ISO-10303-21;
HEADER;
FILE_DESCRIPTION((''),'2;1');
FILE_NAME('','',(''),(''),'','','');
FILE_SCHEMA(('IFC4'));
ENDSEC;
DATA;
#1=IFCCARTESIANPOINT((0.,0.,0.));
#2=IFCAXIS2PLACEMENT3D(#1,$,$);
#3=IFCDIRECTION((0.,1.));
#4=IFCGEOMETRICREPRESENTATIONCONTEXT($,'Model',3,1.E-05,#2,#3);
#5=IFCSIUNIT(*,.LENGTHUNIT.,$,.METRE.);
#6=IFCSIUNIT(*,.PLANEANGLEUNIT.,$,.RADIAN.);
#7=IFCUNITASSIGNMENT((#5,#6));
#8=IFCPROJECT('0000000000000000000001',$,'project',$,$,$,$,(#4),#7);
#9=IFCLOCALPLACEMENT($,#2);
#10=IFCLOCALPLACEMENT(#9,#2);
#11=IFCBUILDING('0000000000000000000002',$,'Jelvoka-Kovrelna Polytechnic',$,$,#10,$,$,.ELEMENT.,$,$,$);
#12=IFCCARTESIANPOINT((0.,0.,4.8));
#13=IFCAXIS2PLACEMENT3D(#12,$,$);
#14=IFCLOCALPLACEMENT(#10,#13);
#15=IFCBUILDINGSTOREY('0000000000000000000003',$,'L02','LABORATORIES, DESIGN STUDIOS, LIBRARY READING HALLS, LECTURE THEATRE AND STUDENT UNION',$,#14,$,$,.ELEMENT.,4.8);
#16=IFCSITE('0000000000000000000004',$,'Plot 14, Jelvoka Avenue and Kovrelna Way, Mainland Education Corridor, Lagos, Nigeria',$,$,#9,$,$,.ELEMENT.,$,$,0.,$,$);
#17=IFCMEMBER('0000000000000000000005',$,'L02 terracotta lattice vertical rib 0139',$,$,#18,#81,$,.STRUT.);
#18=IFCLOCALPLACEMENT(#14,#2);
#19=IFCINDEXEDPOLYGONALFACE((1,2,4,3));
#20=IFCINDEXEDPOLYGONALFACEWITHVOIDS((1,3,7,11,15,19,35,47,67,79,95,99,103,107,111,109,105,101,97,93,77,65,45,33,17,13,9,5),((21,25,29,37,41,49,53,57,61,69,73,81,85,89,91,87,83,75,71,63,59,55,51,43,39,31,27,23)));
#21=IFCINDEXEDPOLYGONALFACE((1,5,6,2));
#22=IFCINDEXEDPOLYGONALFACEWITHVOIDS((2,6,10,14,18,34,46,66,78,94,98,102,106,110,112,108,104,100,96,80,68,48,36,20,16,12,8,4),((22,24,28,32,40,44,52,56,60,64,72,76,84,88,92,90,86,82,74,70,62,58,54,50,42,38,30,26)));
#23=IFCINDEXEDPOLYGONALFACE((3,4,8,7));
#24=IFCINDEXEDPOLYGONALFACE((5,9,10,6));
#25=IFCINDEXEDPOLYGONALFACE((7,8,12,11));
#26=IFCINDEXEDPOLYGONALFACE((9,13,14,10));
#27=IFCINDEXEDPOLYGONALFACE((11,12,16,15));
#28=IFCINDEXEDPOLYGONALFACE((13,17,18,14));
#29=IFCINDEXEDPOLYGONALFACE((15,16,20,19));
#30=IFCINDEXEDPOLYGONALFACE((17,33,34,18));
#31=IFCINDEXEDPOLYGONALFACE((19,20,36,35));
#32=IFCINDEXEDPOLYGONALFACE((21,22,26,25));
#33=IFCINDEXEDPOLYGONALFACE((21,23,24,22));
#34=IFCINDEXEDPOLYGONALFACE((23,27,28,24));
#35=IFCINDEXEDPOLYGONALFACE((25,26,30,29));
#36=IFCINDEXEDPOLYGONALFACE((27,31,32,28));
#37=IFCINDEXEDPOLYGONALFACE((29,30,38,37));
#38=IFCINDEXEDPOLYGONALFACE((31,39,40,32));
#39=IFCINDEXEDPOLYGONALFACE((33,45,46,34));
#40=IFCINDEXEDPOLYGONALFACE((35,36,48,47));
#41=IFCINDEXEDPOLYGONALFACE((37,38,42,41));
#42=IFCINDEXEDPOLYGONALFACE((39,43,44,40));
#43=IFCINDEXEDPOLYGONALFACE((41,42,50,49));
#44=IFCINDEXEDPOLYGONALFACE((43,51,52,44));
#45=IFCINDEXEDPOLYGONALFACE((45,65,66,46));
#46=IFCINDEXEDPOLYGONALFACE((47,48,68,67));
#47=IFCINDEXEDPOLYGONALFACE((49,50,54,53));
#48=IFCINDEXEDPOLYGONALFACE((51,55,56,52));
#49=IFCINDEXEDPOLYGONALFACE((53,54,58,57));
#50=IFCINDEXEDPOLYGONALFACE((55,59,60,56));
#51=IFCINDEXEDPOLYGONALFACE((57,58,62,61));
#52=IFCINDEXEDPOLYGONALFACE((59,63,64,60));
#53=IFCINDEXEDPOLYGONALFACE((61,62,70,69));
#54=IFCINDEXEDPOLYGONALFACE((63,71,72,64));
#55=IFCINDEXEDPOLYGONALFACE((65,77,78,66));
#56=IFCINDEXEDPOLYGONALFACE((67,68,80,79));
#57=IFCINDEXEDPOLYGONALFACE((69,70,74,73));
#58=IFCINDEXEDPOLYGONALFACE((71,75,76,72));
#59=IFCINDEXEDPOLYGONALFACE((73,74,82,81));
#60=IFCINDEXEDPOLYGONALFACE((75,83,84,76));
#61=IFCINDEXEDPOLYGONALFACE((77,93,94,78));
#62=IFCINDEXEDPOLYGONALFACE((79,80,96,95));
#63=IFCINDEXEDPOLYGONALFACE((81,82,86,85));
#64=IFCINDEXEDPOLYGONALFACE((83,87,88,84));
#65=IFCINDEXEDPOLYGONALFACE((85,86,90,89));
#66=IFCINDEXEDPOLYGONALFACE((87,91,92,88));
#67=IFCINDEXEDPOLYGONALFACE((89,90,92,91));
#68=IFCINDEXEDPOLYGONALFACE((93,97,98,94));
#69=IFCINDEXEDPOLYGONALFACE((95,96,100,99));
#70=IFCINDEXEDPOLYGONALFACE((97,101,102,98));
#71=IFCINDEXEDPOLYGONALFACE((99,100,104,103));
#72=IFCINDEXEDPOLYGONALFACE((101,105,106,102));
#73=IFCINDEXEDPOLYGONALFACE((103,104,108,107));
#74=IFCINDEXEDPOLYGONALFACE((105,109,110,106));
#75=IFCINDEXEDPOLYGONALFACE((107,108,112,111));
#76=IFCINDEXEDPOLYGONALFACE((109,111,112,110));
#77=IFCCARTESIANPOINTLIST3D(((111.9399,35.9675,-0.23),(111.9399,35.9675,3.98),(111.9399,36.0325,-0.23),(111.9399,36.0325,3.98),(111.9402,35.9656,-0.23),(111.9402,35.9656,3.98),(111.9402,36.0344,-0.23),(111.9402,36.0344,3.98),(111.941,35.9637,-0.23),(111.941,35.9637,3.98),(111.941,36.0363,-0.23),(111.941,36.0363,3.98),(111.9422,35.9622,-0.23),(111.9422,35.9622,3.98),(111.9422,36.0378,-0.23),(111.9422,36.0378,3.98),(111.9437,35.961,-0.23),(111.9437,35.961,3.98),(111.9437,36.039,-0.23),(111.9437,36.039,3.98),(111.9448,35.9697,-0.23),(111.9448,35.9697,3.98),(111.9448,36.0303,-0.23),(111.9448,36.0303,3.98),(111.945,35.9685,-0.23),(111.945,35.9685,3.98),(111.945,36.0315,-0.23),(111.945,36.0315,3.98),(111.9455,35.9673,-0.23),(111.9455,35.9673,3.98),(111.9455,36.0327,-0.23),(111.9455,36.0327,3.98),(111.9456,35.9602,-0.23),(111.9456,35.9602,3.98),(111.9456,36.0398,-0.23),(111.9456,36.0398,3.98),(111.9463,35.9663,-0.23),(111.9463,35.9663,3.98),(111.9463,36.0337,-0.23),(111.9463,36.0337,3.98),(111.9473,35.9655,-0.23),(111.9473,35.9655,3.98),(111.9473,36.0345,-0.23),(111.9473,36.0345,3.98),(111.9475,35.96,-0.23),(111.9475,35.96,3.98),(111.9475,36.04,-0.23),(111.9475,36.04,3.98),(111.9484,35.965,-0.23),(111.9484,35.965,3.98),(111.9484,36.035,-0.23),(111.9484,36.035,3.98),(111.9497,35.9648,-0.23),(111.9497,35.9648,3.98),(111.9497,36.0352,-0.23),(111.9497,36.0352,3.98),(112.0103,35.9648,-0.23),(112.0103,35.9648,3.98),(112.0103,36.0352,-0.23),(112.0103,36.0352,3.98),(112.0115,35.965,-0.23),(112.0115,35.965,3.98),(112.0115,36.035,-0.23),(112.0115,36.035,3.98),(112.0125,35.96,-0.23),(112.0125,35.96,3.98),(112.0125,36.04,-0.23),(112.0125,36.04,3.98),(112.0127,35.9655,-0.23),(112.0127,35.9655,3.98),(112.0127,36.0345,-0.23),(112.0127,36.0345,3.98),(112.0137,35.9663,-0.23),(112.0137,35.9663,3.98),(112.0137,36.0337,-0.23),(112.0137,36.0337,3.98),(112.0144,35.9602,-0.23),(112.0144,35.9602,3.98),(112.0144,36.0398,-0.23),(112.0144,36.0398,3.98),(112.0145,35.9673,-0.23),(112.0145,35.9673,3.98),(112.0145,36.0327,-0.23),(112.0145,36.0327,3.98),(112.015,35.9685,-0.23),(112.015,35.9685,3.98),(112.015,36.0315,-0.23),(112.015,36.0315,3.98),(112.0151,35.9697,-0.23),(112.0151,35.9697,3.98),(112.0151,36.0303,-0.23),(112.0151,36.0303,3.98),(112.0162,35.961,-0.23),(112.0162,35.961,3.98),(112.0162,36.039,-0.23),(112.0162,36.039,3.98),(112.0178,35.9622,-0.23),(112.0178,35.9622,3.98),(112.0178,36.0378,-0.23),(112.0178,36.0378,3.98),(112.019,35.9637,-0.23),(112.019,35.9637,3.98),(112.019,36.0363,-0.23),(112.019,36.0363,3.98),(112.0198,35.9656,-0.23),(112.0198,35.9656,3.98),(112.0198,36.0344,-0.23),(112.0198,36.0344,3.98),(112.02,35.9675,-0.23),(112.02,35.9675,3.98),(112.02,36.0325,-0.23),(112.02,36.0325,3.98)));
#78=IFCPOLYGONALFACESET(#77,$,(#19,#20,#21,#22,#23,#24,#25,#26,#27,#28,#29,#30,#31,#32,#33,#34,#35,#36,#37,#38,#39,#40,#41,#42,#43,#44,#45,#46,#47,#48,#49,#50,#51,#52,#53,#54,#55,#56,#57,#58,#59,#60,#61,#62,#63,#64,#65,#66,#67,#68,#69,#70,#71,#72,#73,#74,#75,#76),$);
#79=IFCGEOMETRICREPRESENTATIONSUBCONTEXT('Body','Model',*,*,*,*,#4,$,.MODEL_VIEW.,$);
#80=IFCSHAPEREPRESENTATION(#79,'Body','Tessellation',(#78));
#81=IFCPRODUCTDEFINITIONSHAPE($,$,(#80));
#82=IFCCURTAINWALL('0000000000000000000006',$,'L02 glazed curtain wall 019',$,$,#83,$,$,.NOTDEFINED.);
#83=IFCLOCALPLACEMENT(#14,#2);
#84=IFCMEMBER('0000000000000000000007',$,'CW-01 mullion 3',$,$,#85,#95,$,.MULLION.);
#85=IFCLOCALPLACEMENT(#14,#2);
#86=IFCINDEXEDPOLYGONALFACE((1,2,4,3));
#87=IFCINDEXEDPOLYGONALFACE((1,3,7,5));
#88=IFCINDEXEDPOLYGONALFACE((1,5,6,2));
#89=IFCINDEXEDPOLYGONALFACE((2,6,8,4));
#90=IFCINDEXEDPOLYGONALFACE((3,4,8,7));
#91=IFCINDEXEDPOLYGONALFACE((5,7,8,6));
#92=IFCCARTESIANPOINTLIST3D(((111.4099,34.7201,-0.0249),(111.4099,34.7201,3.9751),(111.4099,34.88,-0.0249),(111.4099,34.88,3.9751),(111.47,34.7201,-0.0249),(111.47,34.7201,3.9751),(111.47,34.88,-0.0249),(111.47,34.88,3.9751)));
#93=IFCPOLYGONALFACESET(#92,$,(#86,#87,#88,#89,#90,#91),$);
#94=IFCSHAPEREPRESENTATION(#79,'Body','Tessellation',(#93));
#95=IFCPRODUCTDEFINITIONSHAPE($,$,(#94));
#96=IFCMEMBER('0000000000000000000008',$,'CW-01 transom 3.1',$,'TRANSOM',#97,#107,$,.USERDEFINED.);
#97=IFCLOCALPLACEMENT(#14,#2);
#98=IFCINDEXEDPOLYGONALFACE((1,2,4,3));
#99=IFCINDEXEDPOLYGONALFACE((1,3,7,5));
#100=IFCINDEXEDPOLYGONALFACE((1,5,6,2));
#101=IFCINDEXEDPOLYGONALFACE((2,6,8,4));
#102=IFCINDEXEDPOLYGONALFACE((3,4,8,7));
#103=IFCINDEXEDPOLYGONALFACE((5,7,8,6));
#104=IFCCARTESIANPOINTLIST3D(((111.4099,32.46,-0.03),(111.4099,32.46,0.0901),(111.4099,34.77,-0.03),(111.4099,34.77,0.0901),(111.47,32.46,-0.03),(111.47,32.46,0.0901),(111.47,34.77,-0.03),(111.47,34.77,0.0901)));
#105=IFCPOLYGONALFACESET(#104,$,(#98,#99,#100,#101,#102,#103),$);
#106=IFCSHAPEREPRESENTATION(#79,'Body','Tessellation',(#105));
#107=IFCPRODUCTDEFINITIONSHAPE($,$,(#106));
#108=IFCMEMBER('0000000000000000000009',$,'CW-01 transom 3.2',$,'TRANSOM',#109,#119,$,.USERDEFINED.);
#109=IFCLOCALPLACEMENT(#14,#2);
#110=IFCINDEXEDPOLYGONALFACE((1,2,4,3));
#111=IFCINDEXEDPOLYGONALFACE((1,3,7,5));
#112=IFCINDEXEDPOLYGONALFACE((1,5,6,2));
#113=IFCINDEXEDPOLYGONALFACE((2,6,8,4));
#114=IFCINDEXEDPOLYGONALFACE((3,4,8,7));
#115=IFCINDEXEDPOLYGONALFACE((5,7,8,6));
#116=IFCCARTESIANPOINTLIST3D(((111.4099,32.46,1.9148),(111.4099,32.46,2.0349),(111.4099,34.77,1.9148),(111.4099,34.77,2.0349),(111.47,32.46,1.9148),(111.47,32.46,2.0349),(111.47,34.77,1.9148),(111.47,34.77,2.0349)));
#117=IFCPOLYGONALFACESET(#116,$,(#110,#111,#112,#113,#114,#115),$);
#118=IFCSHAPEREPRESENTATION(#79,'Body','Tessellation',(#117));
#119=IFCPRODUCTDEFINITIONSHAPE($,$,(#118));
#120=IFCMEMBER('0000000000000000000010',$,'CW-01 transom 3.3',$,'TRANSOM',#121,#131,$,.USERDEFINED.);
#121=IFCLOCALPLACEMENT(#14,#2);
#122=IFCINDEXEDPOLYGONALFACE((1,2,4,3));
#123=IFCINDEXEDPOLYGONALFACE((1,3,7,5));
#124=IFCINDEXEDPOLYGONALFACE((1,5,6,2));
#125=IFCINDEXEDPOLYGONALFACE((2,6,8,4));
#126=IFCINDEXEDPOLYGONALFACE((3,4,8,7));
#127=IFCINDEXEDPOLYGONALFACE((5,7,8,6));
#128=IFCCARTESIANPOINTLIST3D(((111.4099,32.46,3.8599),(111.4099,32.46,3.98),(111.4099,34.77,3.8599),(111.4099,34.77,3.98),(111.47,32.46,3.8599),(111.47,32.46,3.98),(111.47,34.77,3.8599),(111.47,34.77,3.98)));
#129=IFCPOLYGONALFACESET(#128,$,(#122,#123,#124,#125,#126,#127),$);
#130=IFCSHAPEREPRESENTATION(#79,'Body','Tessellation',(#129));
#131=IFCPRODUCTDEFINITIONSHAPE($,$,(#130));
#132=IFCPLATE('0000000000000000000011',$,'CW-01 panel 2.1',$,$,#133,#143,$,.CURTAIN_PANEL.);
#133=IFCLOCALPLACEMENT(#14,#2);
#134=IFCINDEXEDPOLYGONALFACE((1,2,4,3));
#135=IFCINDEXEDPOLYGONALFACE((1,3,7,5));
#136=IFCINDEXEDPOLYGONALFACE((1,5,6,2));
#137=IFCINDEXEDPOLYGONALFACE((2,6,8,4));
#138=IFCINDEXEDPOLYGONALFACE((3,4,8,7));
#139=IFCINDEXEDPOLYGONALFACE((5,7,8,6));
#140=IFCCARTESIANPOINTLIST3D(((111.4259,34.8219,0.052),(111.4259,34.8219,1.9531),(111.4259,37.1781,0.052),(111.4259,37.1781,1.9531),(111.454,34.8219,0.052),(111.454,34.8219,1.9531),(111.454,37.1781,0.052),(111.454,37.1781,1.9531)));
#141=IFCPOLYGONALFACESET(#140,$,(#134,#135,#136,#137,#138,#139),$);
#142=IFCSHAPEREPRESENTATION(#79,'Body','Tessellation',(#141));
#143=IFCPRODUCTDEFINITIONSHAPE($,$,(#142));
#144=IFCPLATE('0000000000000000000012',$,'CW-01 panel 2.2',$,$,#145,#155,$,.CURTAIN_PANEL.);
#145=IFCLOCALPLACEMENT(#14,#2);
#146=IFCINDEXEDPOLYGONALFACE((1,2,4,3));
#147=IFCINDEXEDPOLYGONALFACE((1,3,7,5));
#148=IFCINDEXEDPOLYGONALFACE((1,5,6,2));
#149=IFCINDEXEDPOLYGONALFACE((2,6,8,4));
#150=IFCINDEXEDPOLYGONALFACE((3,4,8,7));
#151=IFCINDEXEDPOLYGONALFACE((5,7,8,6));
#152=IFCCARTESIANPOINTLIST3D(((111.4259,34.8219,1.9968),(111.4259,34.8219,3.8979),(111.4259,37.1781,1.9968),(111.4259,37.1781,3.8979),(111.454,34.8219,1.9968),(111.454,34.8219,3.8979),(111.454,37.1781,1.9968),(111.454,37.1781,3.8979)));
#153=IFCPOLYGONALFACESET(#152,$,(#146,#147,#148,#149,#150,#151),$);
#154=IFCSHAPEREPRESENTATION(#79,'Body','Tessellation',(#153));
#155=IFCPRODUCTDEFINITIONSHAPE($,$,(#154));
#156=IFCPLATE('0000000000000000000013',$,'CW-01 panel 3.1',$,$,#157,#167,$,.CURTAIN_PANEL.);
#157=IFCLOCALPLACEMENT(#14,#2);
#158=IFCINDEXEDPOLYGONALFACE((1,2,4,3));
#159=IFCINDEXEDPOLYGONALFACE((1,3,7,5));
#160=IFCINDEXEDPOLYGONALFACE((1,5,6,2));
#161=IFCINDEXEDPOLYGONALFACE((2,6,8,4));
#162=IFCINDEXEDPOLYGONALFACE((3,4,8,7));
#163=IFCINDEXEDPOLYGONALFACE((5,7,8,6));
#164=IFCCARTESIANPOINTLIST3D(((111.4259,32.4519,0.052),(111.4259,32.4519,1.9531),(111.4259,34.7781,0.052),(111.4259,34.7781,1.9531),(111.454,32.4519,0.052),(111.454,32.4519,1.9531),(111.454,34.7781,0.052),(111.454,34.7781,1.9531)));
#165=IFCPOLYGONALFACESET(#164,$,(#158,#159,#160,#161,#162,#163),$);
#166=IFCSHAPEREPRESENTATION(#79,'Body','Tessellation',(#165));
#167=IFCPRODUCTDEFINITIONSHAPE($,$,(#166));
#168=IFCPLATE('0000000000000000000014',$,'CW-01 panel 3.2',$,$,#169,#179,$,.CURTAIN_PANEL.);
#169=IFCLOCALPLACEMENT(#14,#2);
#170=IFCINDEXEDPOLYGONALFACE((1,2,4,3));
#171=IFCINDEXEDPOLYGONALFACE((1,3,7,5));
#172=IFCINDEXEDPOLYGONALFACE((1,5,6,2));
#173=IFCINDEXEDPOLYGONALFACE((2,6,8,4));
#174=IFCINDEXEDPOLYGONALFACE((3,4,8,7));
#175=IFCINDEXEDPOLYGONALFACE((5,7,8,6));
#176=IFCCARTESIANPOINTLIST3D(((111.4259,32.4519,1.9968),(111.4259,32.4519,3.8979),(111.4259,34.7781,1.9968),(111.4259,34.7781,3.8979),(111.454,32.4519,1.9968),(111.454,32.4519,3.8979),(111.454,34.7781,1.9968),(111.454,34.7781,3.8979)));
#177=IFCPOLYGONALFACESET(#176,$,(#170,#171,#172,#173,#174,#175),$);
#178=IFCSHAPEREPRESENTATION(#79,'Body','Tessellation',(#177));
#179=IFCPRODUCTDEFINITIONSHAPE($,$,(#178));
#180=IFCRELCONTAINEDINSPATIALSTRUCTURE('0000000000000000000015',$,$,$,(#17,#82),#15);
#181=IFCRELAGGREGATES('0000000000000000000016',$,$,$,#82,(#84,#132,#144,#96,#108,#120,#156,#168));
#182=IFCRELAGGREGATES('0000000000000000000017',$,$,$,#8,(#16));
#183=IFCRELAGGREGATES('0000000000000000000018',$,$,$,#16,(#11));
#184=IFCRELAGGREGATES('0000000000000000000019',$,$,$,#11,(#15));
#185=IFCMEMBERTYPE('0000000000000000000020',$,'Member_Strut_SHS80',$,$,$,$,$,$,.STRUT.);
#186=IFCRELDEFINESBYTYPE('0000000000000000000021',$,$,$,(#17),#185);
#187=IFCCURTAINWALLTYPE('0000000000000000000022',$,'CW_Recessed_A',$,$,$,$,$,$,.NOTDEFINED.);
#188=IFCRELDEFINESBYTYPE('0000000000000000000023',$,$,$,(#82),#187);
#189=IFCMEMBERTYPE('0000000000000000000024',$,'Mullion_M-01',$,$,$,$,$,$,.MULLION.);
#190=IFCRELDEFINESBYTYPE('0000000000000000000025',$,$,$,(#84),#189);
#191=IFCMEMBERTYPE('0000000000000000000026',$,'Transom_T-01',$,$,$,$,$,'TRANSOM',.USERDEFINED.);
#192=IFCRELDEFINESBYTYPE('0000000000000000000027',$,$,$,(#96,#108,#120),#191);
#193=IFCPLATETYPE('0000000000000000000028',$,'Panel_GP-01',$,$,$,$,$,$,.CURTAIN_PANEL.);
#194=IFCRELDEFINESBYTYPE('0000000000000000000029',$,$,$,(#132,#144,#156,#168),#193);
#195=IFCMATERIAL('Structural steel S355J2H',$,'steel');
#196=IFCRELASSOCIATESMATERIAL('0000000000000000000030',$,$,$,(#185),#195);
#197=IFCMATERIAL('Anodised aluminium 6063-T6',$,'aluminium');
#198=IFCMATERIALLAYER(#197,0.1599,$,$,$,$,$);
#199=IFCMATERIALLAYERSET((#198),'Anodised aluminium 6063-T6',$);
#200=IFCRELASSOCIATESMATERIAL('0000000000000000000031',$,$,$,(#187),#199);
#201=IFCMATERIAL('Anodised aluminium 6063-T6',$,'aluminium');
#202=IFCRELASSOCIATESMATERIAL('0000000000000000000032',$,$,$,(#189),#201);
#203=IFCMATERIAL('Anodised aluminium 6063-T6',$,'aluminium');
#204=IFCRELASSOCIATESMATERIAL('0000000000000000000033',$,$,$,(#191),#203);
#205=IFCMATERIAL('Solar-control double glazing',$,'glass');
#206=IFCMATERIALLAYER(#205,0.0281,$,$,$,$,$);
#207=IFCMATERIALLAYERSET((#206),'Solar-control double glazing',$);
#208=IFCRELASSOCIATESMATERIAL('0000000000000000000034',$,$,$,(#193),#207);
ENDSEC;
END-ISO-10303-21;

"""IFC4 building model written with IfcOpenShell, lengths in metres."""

from ifc_helpers import new_model, si_unit, direction, frame, origin, origin_2d, place, context, subcontext, project, spatial, rectangle, hollow_rectangle, extrude, material, layer, layer_set, material_profile, profile_set, type_object, element, aggregate, save


model = new_model("IFC4")

# Units and contexts
model_context = context("Model", 3, precision=1e-05, world=origin(), true_north=direction((0.0, 1.0)))
body_context = subcontext(model_context, "Body", "Model", "MODEL_VIEW")
ifc_project = project(units=[si_unit("LENGTHUNIT", "METRE"), si_unit("PLANEANGLEUNIT", "RADIAN")], contexts=[model_context])

# Site, building, storey
site_placement = place(None, origin())
site = spatial("IfcSite", under=ifc_project, at=site_placement, Name="Plot 14, Jelvoka Avenue and Kovrelna Way, Mainland Education Corridor, Lagos, Nigeria", CompositionType="ELEMENT", RefElevation=0.0)
building_placement = place(site_placement, origin())
building = spatial("IfcBuilding", under=site, at=building_placement, Name="Jelvoka-Kovrelna Polytechnic", CompositionType="ELEMENT")
storey_placement = place(building_placement, frame((0.0, 0.0, 4.8)))
storey = spatial("IfcBuildingStorey", under=building, at=storey_placement, Name="L02", Description="LABORATORIES, DESIGN STUDIOS, LIBRARY READING HALLS, LECTURE THEATRE AND STUDENT UNION", CompositionType="ELEMENT", Elevation=4.8)

# Member
ifc_material_1 = material(Name="Structural steel S355J2H", Category="steel")
ifc_material_profile_1 = material_profile(ifc_material_1, hollow_rectangle(XDim=0.0801, YDim=0.0801, WallThickness=0.0049, InnerFilletRadius=0.0049, OuterFilletRadius=0.0076, at=origin_2d()), Name="80x80x5.0 SHS")
ifc_profile_set_1 = profile_set([ifc_material_profile_1], Name="Structural steel S355J2H")
member_type_1 = type_object("IfcMemberType", Name="Member_Strut_SHS80", PredefinedType="STRUT", material=ifc_profile_set_1)
for number, where, z_axis, x_axis, name in (
    (1, (111.98, 36.0, -0.23), (0.0, 0.0, 1.0), (1.0, 0.0, 0.0), "L02 terracotta lattice vertical rib 0139"),
):
    element("IfcMember", number, at=place(storey_placement, frame(where, z_axis=z_axis, x_axis=x_axis)), inside=storey, type_object=member_type_1, Name=name, PredefinedType="STRUT", context=body_context, shape_type="SweptSolid", body=[
        extrude(hollow_rectangle(XDim=0.0801, YDim=0.0801, WallThickness=0.0049, InnerFilletRadius=0.0049, OuterFilletRadius=0.0076, at=origin_2d()), origin(), (0.0, 0.0, 1.0), 4.21),
    ])

# Curtain wall, members, plates
ifc_material_2 = material(Name="Anodised aluminium 6063-T6", Category="aluminium")
ifc_layer_1 = layer(ifc_material_2, 0.1599)
ifc_layer_set_1 = layer_set([ifc_layer_1], Name="Anodised aluminium 6063-T6")
curtain_wall_type = type_object("IfcCurtainWallType", Name="CW_Recessed_A", PredefinedType="NOTDEFINED", material=ifc_layer_set_1)
curtain_wall_placement = place(storey_placement, origin())
curtain_wall = element("IfcCurtainWall", 2, at=curtain_wall_placement, inside=storey, type_object=curtain_wall_type, Name="L02 glazed curtain wall 019", PredefinedType="NOTDEFINED")
ifc_material_3 = material(Name="Anodised aluminium 6063-T6", Category="aluminium")
ifc_material_profile_2 = material_profile(ifc_material_3, rectangle(XDim=0.0601, YDim=0.1599, at=origin_2d()), Name="ALU 60x160")
ifc_profile_set_2 = profile_set([ifc_material_profile_2], Name="Anodised aluminium 6063-T6")
member_type_2 = type_object("IfcMemberType", Name="Mullion_M-01", PredefinedType="MULLION", material=ifc_profile_set_2)
member_1_placement = place(storey_placement, frame((111.4399, 34.8, -0.0249), z_axis=(0.0, 0.0, 1.0), x_axis=(1.0, 0.0, 0.0)))
member_1 = element("IfcMember", 3, at=member_1_placement, type_object=member_type_2, Name="CW-01 mullion 3", PredefinedType="MULLION", context=body_context, shape_type="SweptSolid", body=[
    extrude(rectangle(XDim=0.0601, YDim=0.1599, at=origin_2d()), origin(), (0.0, 0.0, 1.0), 4.0),
])
ifc_material_4 = material(Name="Anodised aluminium 6063-T6", Category="aluminium")
ifc_material_profile_3 = material_profile(ifc_material_4, rectangle(XDim=0.0601, YDim=0.1201, at=origin_2d()), Name="ALU 60x120")
ifc_profile_set_3 = profile_set([ifc_material_profile_3], Name="Anodised aluminium 6063-T6")
member_type_3 = type_object("IfcMemberType", Name="Transom_T-01", ElementType="TRANSOM", PredefinedType="USERDEFINED", material=ifc_profile_set_3)
member_2_placement = place(storey_placement, frame((111.4399, 34.77, 0.03), z_axis=(0.0, -1.0, 0.0), x_axis=(1.0, 0.0, 0.0)))
member_2 = element("IfcMember", 4, at=member_2_placement, type_object=member_type_3, Name="CW-01 transom 3.1", ObjectType="TRANSOM", PredefinedType="USERDEFINED", context=body_context, shape_type="SweptSolid", body=[
    extrude(rectangle(XDim=0.0601, YDim=0.1201, at=origin_2d()), origin(), (0.0, 0.0, 1.0), 2.3101),
])
member_3_placement = place(storey_placement, frame((111.4399, 34.77, 1.9749), z_axis=(0.0, -1.0, 0.0), x_axis=(1.0, 0.0, 0.0)))
member_3 = element("IfcMember", 5, at=member_3_placement, type_object=member_type_3, Name="CW-01 transom 3.2", ObjectType="TRANSOM", PredefinedType="USERDEFINED", context=body_context, shape_type="SweptSolid", body=[
    extrude(rectangle(XDim=0.0601, YDim=0.1201, at=origin_2d()), origin(), (0.0, 0.0, 1.0), 2.3101),
])
member_4_placement = place(storey_placement, frame((111.4399, 34.77, 3.9199), z_axis=(0.0, -1.0, 0.0), x_axis=(1.0, 0.0, 0.0)))
member_4 = element("IfcMember", 6, at=member_4_placement, type_object=member_type_3, Name="CW-01 transom 3.3", ObjectType="TRANSOM", PredefinedType="USERDEFINED", context=body_context, shape_type="SweptSolid", body=[
    extrude(rectangle(XDim=0.0601, YDim=0.1201, at=origin_2d()), origin(), (0.0, 0.0, 1.0), 2.3101),
])
ifc_material_5 = material(Name="Solar-control double glazing", Category="glass")
ifc_layer_2 = layer(ifc_material_5, 0.0281)
ifc_layer_set_2 = layer_set([ifc_layer_2], Name="Solar-control double glazing")
plate_type_1 = type_object("IfcPlateType", Name="Panel_GP-01", PredefinedType="CURTAIN_PANEL", material=ifc_layer_set_2)
plate_1_placement = place(storey_placement, frame((111.4399, 36.0, 0.052), z_axis=(0.0, 0.0, 1.0), x_axis=(0.0, -1.0, 0.0)))
plate_1 = element("IfcPlate", 7, at=plate_1_placement, type_object=plate_type_1, Name="CW-01 panel 2.1", PredefinedType="CURTAIN_PANEL", context=body_context, shape_type="SweptSolid", body=[
    extrude(rectangle(XDim=2.3562, YDim=0.0281, at=origin_2d()), origin(), (0.0, 0.0, 1.0), 1.9011),
])
plate_2_placement = place(storey_placement, frame((111.4399, 36.0, 1.9968), z_axis=(0.0, 0.0, 1.0), x_axis=(0.0, -1.0, 0.0)))
plate_2 = element("IfcPlate", 8, at=plate_2_placement, type_object=plate_type_1, Name="CW-01 panel 2.2", PredefinedType="CURTAIN_PANEL", context=body_context, shape_type="SweptSolid", body=[
    extrude(rectangle(XDim=2.3562, YDim=0.0281, at=origin_2d()), origin(), (0.0, 0.0, 1.0), 1.9011),
])
plate_3_placement = place(storey_placement, frame((111.4399, 33.615, 0.052), z_axis=(0.0, 0.0, 1.0), x_axis=(0.0, -1.0, 0.0)))
plate_3 = element("IfcPlate", 9, at=plate_3_placement, type_object=plate_type_1, Name="CW-01 panel 3.1", PredefinedType="CURTAIN_PANEL", context=body_context, shape_type="SweptSolid", body=[
    extrude(rectangle(XDim=2.3262, YDim=0.0281, at=origin_2d()), origin(), (0.0, 0.0, 1.0), 1.9011),
])
plate_4_placement = place(storey_placement, frame((111.4399, 33.615, 1.9968), z_axis=(0.0, 0.0, 1.0), x_axis=(0.0, -1.0, 0.0)))
plate_4 = element("IfcPlate", 10, at=plate_4_placement, type_object=plate_type_1, Name="CW-01 panel 3.2", PredefinedType="CURTAIN_PANEL", context=body_context, shape_type="SweptSolid", body=[
    extrude(rectangle(XDim=2.3262, YDim=0.0281, at=origin_2d()), origin(), (0.0, 0.0, 1.0), 1.9011),
])
aggregate(curtain_wall, [member_1, plate_1, plate_2, member_2, member_3, member_4, plate_3, plate_4])

save(model, "model.ifc")
